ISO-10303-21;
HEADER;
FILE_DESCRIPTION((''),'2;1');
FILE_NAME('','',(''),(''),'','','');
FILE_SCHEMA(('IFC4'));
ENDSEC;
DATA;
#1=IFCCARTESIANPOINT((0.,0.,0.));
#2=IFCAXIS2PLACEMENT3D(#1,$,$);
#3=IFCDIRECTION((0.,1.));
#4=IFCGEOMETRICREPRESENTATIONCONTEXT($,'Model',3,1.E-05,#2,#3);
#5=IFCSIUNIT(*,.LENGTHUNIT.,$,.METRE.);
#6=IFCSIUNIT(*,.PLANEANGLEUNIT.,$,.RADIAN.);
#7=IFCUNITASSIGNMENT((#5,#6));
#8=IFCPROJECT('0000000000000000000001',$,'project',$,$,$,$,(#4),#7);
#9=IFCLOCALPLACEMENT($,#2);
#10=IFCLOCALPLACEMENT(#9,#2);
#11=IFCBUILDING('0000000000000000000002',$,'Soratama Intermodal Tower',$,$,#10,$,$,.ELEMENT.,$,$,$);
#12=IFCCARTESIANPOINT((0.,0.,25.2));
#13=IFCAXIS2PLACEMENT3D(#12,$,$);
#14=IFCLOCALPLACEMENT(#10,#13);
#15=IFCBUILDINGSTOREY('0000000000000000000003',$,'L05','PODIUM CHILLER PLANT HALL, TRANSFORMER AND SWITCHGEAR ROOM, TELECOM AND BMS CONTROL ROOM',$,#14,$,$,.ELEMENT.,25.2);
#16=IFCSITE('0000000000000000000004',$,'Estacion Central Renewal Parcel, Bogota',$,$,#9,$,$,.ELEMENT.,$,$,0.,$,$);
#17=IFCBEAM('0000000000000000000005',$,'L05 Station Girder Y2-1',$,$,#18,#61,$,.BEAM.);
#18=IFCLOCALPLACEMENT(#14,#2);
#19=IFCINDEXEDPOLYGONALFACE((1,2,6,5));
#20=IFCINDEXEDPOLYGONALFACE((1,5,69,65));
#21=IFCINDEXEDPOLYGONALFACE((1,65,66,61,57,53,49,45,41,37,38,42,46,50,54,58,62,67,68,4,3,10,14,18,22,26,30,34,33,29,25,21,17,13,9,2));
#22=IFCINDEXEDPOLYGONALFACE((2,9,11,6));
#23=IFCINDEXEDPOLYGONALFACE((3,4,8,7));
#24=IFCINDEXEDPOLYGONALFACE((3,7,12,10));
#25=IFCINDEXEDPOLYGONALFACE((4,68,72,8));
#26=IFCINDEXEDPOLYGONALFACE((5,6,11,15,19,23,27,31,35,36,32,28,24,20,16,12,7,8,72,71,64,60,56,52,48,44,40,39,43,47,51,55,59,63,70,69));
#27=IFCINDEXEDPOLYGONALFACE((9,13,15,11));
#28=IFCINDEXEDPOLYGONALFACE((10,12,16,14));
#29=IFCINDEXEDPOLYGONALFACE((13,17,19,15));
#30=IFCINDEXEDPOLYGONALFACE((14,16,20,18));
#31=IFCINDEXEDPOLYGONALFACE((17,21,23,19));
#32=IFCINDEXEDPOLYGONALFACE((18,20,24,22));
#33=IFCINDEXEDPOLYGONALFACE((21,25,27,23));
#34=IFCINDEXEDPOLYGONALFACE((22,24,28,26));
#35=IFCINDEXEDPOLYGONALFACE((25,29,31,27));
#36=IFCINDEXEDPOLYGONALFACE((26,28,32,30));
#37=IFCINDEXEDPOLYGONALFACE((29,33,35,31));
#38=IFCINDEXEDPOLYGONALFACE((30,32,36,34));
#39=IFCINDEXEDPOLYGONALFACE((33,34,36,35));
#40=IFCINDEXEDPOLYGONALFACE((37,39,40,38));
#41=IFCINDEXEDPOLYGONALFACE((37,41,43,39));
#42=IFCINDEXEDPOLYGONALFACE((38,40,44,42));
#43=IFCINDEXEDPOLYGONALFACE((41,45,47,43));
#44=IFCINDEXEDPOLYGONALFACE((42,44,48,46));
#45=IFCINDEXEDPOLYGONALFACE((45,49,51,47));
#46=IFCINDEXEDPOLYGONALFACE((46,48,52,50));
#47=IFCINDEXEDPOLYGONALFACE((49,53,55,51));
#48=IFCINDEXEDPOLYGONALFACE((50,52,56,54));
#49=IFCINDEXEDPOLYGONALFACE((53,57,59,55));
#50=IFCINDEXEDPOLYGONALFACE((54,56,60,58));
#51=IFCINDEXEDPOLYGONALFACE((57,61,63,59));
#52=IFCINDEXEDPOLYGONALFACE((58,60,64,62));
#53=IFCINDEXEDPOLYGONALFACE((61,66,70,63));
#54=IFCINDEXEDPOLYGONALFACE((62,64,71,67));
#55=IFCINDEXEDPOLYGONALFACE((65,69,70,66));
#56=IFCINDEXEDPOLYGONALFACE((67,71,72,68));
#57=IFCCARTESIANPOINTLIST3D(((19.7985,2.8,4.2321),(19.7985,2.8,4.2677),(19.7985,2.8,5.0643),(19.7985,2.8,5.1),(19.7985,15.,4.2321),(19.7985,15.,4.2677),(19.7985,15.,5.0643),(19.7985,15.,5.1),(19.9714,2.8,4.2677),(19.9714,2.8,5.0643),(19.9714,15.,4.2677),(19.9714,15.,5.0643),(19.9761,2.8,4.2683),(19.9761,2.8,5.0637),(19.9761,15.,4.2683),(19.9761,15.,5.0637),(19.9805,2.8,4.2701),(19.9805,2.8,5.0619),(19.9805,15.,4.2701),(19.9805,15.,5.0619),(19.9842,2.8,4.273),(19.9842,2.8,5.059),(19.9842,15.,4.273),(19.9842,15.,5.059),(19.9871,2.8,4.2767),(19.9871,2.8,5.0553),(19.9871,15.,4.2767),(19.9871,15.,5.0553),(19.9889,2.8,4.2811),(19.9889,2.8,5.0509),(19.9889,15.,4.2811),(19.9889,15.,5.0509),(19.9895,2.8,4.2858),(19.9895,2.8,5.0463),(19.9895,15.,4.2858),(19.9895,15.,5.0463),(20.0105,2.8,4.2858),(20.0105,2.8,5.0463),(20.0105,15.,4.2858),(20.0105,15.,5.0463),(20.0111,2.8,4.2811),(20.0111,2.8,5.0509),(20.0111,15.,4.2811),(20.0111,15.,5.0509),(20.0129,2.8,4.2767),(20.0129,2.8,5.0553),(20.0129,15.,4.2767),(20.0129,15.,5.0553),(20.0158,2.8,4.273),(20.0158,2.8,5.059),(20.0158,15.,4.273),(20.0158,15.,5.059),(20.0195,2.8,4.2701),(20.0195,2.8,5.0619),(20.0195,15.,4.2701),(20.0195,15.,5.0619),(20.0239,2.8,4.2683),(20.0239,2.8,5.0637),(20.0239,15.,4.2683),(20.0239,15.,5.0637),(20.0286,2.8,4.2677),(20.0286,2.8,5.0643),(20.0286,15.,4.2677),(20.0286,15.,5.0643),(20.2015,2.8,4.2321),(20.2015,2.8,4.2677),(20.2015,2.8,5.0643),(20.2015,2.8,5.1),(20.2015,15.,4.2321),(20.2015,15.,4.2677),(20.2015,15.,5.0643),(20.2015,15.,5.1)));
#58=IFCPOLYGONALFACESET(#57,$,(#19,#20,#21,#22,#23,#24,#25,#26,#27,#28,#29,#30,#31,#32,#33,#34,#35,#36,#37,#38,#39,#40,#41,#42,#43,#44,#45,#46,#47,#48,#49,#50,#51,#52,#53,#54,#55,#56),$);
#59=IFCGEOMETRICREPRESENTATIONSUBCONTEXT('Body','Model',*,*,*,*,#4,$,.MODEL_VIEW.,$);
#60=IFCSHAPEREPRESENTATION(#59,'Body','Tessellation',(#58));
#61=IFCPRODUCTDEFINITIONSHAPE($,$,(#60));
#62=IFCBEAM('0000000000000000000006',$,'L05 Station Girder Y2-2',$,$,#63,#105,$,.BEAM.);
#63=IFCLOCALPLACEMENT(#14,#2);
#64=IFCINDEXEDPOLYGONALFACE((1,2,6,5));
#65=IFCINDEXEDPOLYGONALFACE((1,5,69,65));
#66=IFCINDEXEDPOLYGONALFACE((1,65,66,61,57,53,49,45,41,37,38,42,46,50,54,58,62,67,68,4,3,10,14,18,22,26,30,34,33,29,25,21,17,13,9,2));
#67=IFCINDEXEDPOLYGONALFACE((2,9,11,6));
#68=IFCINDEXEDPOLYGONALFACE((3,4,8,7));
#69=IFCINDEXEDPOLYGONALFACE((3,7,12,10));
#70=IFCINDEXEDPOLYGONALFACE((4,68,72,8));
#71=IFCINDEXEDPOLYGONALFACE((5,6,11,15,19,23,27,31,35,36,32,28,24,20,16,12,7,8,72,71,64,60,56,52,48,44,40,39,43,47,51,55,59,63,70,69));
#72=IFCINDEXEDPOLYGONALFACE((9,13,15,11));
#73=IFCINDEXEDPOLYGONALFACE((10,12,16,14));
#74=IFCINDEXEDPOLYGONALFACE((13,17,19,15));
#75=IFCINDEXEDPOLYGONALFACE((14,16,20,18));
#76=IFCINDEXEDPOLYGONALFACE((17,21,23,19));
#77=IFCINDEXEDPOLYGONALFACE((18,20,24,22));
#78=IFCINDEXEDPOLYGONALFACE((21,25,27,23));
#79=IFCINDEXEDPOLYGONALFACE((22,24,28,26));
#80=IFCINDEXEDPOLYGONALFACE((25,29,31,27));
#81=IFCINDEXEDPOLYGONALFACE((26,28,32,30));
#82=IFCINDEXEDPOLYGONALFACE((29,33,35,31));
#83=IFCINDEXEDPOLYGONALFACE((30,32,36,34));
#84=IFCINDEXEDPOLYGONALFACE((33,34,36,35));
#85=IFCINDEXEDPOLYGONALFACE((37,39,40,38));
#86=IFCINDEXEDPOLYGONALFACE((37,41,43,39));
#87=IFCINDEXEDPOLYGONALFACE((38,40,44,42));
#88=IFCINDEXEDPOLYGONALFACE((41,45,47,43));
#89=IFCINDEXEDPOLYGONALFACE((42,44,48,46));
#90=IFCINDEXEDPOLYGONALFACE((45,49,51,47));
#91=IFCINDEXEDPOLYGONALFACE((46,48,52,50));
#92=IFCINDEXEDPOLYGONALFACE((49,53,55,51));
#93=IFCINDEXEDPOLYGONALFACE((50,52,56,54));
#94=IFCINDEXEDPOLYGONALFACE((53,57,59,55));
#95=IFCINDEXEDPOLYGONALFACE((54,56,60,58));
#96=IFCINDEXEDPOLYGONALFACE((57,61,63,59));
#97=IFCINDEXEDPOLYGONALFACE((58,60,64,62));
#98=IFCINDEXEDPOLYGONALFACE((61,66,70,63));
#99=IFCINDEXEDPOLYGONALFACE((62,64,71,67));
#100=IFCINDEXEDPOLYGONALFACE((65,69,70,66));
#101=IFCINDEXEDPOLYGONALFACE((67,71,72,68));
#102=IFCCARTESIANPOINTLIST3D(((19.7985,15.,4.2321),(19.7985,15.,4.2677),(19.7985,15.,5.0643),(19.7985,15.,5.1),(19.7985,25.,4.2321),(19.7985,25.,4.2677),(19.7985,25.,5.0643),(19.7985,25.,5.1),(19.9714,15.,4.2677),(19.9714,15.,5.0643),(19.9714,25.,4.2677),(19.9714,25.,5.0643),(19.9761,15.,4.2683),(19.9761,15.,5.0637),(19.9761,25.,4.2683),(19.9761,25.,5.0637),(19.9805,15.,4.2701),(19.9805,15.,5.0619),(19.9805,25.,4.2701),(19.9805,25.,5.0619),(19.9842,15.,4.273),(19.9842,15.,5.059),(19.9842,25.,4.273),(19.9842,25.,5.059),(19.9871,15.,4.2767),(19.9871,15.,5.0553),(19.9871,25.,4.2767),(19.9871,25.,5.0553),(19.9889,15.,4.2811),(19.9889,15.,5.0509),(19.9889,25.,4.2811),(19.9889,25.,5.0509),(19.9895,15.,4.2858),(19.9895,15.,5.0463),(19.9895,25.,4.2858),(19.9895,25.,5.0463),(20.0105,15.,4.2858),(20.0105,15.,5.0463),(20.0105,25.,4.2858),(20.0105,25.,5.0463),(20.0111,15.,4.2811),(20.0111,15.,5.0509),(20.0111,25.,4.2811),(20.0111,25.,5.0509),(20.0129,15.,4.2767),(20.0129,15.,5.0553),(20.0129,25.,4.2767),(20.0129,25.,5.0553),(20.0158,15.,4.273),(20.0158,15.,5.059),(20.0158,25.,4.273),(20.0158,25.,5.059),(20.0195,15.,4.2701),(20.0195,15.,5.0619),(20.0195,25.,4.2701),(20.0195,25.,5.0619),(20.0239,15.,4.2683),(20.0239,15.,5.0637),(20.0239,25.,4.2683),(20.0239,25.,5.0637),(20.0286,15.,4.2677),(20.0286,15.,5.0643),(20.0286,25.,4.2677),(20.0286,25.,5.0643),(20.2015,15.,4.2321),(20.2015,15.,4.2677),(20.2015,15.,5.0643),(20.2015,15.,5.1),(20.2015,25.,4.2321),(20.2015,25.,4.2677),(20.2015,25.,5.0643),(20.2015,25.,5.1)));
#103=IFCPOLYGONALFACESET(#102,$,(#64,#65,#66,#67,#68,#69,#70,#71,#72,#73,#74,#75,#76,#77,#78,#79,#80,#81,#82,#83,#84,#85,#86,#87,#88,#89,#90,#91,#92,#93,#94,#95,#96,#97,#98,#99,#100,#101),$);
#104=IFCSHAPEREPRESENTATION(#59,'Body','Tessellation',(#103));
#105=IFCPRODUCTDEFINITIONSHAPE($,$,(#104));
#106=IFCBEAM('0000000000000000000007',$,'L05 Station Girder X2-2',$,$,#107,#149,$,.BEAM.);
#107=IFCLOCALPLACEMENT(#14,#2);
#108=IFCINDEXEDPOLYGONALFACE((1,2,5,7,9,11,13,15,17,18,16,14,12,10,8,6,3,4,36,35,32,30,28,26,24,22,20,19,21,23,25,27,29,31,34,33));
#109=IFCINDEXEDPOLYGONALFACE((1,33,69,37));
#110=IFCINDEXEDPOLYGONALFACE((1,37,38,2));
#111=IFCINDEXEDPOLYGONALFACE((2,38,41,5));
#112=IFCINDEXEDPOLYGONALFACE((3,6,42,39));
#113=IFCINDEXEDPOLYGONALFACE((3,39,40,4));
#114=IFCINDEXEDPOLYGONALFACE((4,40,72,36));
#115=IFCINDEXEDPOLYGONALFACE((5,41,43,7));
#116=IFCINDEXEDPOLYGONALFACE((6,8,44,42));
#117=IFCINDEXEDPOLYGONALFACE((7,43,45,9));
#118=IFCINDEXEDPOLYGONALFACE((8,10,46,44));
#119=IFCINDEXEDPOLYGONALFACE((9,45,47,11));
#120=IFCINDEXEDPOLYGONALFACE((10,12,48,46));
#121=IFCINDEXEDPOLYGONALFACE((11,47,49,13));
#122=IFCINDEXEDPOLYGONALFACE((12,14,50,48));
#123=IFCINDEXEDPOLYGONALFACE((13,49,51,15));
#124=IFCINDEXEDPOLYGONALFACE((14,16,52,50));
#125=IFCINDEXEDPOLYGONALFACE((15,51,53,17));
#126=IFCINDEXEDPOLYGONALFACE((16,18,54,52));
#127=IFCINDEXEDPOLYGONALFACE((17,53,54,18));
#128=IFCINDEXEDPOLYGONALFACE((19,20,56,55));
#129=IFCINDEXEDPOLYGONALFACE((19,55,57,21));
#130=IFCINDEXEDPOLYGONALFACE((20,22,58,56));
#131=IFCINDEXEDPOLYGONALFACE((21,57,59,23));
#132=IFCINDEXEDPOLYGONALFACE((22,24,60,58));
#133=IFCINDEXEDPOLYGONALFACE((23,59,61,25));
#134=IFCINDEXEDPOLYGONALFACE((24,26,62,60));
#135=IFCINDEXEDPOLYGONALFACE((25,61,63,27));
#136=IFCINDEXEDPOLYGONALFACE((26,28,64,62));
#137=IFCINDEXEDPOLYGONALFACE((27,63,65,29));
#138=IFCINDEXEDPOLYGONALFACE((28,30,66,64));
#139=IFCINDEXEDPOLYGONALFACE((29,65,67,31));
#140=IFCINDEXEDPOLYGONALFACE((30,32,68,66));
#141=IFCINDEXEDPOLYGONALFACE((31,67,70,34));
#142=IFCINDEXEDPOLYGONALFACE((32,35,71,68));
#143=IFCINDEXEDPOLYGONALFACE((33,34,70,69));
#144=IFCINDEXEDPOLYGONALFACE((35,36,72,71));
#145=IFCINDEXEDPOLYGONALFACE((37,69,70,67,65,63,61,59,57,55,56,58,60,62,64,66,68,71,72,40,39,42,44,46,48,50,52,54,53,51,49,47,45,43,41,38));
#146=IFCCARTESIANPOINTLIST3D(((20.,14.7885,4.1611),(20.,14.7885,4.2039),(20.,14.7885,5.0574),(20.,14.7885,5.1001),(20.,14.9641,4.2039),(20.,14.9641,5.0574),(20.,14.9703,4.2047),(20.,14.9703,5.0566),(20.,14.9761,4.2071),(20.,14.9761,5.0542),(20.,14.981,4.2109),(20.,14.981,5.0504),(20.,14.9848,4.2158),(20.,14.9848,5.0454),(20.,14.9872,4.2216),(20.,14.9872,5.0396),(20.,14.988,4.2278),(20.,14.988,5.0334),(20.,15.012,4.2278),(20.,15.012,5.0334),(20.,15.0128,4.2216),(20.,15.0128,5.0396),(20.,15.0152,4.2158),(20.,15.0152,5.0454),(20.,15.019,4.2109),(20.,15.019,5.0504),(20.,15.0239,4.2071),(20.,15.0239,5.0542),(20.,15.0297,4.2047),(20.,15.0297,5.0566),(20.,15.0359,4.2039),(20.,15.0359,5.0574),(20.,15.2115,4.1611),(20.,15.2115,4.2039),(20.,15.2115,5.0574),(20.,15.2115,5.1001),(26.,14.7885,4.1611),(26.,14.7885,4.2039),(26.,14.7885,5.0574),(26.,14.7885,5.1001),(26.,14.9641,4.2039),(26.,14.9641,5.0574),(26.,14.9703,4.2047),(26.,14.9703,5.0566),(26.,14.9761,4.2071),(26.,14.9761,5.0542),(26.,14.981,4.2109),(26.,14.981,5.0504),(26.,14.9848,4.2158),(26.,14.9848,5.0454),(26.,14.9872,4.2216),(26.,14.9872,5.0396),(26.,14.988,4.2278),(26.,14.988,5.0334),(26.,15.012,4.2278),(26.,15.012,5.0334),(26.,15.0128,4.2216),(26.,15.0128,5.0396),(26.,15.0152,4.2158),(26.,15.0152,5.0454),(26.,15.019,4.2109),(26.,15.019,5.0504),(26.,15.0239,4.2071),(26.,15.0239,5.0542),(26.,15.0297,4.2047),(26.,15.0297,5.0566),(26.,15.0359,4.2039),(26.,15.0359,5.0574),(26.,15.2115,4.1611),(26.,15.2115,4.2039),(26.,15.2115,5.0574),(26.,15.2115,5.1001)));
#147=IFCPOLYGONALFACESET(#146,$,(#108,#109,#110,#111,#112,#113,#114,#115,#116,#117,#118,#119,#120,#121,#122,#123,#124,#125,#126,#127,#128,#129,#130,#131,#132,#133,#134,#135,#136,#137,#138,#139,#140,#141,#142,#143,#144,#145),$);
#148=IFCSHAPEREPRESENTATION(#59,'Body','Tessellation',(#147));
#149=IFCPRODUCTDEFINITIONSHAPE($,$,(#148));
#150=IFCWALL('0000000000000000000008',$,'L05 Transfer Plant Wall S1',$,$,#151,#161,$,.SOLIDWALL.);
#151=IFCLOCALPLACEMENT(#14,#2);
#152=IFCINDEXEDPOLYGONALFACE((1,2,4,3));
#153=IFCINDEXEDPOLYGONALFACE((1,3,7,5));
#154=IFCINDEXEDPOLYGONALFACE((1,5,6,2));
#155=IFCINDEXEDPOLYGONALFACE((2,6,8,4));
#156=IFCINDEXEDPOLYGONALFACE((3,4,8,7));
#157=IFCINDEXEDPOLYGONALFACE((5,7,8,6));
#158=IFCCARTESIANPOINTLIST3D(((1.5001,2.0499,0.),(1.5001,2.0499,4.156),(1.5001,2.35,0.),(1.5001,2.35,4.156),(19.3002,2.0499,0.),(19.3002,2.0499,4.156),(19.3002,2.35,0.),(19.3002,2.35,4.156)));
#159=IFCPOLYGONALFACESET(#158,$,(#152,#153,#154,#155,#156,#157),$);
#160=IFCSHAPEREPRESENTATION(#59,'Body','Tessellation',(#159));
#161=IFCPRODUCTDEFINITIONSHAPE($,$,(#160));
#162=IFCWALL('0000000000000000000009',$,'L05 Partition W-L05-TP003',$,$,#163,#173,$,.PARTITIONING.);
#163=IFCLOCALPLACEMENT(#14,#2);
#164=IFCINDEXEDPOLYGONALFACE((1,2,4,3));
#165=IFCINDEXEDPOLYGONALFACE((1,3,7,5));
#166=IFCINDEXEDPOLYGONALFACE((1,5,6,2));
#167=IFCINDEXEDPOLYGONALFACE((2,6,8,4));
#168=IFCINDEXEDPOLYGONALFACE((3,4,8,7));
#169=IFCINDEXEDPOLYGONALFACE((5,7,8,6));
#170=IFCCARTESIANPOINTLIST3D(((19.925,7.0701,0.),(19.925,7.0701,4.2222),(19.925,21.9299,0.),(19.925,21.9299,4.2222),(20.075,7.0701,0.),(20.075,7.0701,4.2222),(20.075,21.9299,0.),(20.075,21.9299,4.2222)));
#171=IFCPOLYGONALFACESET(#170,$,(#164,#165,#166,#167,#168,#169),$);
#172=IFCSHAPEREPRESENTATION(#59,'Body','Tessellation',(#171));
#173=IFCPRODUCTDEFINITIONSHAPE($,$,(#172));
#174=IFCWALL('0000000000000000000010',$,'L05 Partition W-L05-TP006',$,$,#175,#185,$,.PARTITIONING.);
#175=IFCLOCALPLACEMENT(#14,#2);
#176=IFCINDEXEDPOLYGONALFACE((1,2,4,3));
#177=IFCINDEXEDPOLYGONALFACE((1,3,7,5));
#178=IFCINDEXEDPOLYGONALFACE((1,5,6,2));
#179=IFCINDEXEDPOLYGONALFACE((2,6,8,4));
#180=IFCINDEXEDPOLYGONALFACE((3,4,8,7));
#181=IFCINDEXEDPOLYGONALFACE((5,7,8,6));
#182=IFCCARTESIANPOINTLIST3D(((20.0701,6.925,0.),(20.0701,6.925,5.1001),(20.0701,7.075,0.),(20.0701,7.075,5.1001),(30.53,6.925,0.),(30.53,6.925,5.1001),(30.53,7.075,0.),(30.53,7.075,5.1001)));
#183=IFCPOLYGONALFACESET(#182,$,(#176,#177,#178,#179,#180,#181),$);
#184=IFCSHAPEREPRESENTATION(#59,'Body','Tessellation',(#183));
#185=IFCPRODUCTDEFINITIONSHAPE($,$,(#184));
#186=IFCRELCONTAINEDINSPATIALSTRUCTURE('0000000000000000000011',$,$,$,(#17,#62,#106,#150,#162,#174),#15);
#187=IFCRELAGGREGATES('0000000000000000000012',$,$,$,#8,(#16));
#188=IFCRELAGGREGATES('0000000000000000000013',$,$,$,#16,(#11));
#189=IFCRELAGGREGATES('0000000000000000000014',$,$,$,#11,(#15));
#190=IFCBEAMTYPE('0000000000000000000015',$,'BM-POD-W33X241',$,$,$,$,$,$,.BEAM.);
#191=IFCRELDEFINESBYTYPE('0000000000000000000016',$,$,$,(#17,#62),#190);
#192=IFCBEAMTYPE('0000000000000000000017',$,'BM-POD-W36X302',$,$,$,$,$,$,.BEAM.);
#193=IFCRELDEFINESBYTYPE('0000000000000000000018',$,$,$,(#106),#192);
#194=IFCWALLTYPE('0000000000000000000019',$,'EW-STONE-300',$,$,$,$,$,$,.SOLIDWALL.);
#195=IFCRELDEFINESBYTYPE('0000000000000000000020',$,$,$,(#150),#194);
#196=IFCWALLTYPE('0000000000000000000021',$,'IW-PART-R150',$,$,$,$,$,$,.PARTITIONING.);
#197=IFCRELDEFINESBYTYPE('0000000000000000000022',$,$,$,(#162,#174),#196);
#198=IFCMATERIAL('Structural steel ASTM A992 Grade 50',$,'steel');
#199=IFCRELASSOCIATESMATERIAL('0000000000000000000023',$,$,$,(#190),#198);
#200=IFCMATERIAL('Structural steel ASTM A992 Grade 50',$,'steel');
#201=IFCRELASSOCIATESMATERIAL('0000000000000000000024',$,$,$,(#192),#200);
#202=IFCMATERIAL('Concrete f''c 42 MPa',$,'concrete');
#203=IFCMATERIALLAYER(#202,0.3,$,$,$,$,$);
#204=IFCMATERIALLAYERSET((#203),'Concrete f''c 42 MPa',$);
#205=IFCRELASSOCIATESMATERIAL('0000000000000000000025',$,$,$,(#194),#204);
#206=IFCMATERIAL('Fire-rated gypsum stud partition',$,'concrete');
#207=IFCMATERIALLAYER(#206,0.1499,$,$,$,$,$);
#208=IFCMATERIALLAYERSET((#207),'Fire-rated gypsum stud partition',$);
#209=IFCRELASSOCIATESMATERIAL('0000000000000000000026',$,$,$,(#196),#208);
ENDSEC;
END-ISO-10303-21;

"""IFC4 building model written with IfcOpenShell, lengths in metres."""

from ifc_helpers import new_model, si_unit, direction, frame, frame_2d, origin, origin_2d, place, context, subcontext, project, spatial, rectangle, i_section, extrude, material, layer, layer_set, material_profile, profile_set, type_object, element, save


model = new_model("IFC4")

# Units and contexts
model_context = context("Model", 3, precision=1e-05, world=origin(), true_north=direction((0.0, 1.0)))
body_context = subcontext(model_context, "Body", "Model", "MODEL_VIEW")
ifc_project = project(units=[si_unit("LENGTHUNIT", "METRE"), si_unit("PLANEANGLEUNIT", "RADIAN")], contexts=[model_context])

# Site, building, storey
site_placement = place(None, origin())
site = spatial("IfcSite", under=ifc_project, at=site_placement, Name="Estacion Central Renewal Parcel, Bogota", CompositionType="ELEMENT", RefElevation=0.0)
building_placement = place(site_placement, origin())
building = spatial("IfcBuilding", under=site, at=building_placement, Name="Soratama Intermodal Tower", CompositionType="ELEMENT")
storey_placement = place(building_placement, frame((0.0, 0.0, 25.2)))
storey = spatial("IfcBuildingStorey", under=building, at=storey_placement, Name="L05", Description="PODIUM CHILLER PLANT HALL, TRANSFORMER AND SWITCHGEAR ROOM, TELECOM AND BMS CONTROL ROOM", CompositionType="ELEMENT", Elevation=25.2)

# Beams
ifc_material_1 = material(Name="Structural steel ASTM A992 Grade 50", Category="steel")
ifc_material_profile_1 = material_profile(ifc_material_1, i_section(OverallWidth=0.4031, OverallDepth=0.8679, WebThickness=0.021, FlangeThickness=0.0356, FilletRadius=0.0181, at=origin_2d()), Name="W33X241")
ifc_profile_set_1 = profile_set([ifc_material_profile_1], Name="Structural steel ASTM A992 Grade 50")
beam_type_1 = type_object("IfcBeamType", Name="BM-POD-W33X241", PredefinedType="BEAM", material=ifc_profile_set_1)
beam_1_placement = place(storey_placement, frame((20.0, 2.8, 4.666), z_axis=(0.0, 1.0, 0.0), x_axis=(-1.0, 0.0, 0.0)))
element("IfcBeam", 1, at=beam_1_placement, inside=storey, type_object=beam_type_1, Name="L05 Station Girder Y2-1", PredefinedType="BEAM", context=body_context, shape_type="SweptSolid", body=[
    extrude(i_section(OverallWidth=0.4031, OverallDepth=0.8679, WebThickness=0.021, FlangeThickness=0.0356, FilletRadius=0.0181, at=origin_2d()), origin(), (0.0, 0.0, 1.0), 12.2),
])
beam_2_placement = place(storey_placement, frame((20.0, 15.0, 4.666), z_axis=(0.0, 1.0, 0.0), x_axis=(-1.0, 0.0, 0.0)))
element("IfcBeam", 2, at=beam_2_placement, inside=storey, type_object=beam_type_1, Name="L05 Station Girder Y2-2", PredefinedType="BEAM", context=body_context, shape_type="SweptSolid", body=[
    extrude(i_section(OverallWidth=0.4031, OverallDepth=0.8679, WebThickness=0.021, FlangeThickness=0.0356, FilletRadius=0.0181, at=origin_2d()), origin(), (0.0, 0.0, 1.0), 10.0),
])
ifc_material_2 = material(Name="Structural steel ASTM A992 Grade 50", Category="steel")
ifc_material_profile_2 = material_profile(ifc_material_2, i_section(OverallWidth=0.4231, OverallDepth=0.939, WebThickness=0.0239, FlangeThickness=0.0427, FilletRadius=0.0239, at=origin_2d()), Name="W36X302")
ifc_profile_set_2 = profile_set([ifc_material_profile_2], Name="Structural steel ASTM A992 Grade 50")
beam_type_2 = type_object("IfcBeamType", Name="BM-POD-W36X302", PredefinedType="BEAM", material=ifc_profile_set_2)
beam_3_placement = place(storey_placement, frame((20.0, 15.0, 4.6306), z_axis=(1.0, 0.0, 0.0), x_axis=(0.0, 1.0, 0.0)))
element("IfcBeam", 3, at=beam_3_placement, inside=storey, type_object=beam_type_2, Name="L05 Station Girder X2-2", PredefinedType="BEAM", context=body_context, shape_type="SweptSolid", body=[
    extrude(i_section(OverallWidth=0.4231, OverallDepth=0.939, WebThickness=0.0239, FlangeThickness=0.0427, FilletRadius=0.0239, at=origin_2d()), origin(), (0.0, 0.0, 1.0), 6.0),
])

# Walls
ifc_material_3 = material(Name="Concrete f'c 42 MPa", Category="concrete")
ifc_layer_1 = layer(ifc_material_3, 0.3)
ifc_layer_set_1 = layer_set([ifc_layer_1], Name="Concrete f'c 42 MPa")
wall_type_1 = type_object("IfcWallType", Name="EW-STONE-300", PredefinedType="SOLIDWALL", material=ifc_layer_set_1)
wall_1_placement = place(storey_placement, frame((19.3, 2.2, 0.0), z_axis=(0.0, 0.0, 1.0), x_axis=(-1.0, 0.0, 0.0)))
element("IfcWall", 4, at=wall_1_placement, inside=storey, type_object=wall_type_1, Name="L05 Transfer Plant Wall S1", PredefinedType="SOLIDWALL", context=body_context, shape_type="SweptSolid", body=[
    extrude(rectangle(XDim=17.8, YDim=0.3, at=frame_2d((8.8999, 0.0))), origin(), (0.0, 0.0, 1.0), 4.156),
])
ifc_material_4 = material(Name="Fire-rated gypsum stud partition", Category="concrete")
ifc_layer_2 = layer(ifc_material_4, 0.1499)
ifc_layer_set_2 = layer_set([ifc_layer_2], Name="Fire-rated gypsum stud partition")
wall_type_2 = type_object("IfcWallType", Name="IW-PART-R150", PredefinedType="PARTITIONING", material=ifc_layer_set_2)
wall_2_placement = place(storey_placement, frame((20.0, 21.9299, 0.0), z_axis=(0.0, 0.0, 1.0), x_axis=(0.0, -1.0, 0.0)))
element("IfcWall", 5, at=wall_2_placement, inside=storey, type_object=wall_type_2, Name="L05 Partition W-L05-TP003", PredefinedType="PARTITIONING", context=body_context, shape_type="SweptSolid", body=[
    extrude(rectangle(XDim=14.8599, YDim=0.1499, at=frame_2d((7.4299, 0.0))), origin(), (0.0, 0.0, 1.0), 4.2222),
])
wall_3_placement = place(storey_placement, frame((20.0701, 7.0, 0.0), z_axis=(0.0, 0.0, 1.0), x_axis=(1.0, 0.0, 0.0)))
element("IfcWall", 6, at=wall_3_placement, inside=storey, type_object=wall_type_2, Name="L05 Partition W-L05-TP006", PredefinedType="PARTITIONING", context=body_context, shape_type="SweptSolid", body=[
    extrude(rectangle(XDim=10.46, YDim=0.1499, at=frame_2d((5.23, 0.0))), origin(), (0.0, 0.0, 1.0), 5.1001),
])

save(model, "model.ifc")
